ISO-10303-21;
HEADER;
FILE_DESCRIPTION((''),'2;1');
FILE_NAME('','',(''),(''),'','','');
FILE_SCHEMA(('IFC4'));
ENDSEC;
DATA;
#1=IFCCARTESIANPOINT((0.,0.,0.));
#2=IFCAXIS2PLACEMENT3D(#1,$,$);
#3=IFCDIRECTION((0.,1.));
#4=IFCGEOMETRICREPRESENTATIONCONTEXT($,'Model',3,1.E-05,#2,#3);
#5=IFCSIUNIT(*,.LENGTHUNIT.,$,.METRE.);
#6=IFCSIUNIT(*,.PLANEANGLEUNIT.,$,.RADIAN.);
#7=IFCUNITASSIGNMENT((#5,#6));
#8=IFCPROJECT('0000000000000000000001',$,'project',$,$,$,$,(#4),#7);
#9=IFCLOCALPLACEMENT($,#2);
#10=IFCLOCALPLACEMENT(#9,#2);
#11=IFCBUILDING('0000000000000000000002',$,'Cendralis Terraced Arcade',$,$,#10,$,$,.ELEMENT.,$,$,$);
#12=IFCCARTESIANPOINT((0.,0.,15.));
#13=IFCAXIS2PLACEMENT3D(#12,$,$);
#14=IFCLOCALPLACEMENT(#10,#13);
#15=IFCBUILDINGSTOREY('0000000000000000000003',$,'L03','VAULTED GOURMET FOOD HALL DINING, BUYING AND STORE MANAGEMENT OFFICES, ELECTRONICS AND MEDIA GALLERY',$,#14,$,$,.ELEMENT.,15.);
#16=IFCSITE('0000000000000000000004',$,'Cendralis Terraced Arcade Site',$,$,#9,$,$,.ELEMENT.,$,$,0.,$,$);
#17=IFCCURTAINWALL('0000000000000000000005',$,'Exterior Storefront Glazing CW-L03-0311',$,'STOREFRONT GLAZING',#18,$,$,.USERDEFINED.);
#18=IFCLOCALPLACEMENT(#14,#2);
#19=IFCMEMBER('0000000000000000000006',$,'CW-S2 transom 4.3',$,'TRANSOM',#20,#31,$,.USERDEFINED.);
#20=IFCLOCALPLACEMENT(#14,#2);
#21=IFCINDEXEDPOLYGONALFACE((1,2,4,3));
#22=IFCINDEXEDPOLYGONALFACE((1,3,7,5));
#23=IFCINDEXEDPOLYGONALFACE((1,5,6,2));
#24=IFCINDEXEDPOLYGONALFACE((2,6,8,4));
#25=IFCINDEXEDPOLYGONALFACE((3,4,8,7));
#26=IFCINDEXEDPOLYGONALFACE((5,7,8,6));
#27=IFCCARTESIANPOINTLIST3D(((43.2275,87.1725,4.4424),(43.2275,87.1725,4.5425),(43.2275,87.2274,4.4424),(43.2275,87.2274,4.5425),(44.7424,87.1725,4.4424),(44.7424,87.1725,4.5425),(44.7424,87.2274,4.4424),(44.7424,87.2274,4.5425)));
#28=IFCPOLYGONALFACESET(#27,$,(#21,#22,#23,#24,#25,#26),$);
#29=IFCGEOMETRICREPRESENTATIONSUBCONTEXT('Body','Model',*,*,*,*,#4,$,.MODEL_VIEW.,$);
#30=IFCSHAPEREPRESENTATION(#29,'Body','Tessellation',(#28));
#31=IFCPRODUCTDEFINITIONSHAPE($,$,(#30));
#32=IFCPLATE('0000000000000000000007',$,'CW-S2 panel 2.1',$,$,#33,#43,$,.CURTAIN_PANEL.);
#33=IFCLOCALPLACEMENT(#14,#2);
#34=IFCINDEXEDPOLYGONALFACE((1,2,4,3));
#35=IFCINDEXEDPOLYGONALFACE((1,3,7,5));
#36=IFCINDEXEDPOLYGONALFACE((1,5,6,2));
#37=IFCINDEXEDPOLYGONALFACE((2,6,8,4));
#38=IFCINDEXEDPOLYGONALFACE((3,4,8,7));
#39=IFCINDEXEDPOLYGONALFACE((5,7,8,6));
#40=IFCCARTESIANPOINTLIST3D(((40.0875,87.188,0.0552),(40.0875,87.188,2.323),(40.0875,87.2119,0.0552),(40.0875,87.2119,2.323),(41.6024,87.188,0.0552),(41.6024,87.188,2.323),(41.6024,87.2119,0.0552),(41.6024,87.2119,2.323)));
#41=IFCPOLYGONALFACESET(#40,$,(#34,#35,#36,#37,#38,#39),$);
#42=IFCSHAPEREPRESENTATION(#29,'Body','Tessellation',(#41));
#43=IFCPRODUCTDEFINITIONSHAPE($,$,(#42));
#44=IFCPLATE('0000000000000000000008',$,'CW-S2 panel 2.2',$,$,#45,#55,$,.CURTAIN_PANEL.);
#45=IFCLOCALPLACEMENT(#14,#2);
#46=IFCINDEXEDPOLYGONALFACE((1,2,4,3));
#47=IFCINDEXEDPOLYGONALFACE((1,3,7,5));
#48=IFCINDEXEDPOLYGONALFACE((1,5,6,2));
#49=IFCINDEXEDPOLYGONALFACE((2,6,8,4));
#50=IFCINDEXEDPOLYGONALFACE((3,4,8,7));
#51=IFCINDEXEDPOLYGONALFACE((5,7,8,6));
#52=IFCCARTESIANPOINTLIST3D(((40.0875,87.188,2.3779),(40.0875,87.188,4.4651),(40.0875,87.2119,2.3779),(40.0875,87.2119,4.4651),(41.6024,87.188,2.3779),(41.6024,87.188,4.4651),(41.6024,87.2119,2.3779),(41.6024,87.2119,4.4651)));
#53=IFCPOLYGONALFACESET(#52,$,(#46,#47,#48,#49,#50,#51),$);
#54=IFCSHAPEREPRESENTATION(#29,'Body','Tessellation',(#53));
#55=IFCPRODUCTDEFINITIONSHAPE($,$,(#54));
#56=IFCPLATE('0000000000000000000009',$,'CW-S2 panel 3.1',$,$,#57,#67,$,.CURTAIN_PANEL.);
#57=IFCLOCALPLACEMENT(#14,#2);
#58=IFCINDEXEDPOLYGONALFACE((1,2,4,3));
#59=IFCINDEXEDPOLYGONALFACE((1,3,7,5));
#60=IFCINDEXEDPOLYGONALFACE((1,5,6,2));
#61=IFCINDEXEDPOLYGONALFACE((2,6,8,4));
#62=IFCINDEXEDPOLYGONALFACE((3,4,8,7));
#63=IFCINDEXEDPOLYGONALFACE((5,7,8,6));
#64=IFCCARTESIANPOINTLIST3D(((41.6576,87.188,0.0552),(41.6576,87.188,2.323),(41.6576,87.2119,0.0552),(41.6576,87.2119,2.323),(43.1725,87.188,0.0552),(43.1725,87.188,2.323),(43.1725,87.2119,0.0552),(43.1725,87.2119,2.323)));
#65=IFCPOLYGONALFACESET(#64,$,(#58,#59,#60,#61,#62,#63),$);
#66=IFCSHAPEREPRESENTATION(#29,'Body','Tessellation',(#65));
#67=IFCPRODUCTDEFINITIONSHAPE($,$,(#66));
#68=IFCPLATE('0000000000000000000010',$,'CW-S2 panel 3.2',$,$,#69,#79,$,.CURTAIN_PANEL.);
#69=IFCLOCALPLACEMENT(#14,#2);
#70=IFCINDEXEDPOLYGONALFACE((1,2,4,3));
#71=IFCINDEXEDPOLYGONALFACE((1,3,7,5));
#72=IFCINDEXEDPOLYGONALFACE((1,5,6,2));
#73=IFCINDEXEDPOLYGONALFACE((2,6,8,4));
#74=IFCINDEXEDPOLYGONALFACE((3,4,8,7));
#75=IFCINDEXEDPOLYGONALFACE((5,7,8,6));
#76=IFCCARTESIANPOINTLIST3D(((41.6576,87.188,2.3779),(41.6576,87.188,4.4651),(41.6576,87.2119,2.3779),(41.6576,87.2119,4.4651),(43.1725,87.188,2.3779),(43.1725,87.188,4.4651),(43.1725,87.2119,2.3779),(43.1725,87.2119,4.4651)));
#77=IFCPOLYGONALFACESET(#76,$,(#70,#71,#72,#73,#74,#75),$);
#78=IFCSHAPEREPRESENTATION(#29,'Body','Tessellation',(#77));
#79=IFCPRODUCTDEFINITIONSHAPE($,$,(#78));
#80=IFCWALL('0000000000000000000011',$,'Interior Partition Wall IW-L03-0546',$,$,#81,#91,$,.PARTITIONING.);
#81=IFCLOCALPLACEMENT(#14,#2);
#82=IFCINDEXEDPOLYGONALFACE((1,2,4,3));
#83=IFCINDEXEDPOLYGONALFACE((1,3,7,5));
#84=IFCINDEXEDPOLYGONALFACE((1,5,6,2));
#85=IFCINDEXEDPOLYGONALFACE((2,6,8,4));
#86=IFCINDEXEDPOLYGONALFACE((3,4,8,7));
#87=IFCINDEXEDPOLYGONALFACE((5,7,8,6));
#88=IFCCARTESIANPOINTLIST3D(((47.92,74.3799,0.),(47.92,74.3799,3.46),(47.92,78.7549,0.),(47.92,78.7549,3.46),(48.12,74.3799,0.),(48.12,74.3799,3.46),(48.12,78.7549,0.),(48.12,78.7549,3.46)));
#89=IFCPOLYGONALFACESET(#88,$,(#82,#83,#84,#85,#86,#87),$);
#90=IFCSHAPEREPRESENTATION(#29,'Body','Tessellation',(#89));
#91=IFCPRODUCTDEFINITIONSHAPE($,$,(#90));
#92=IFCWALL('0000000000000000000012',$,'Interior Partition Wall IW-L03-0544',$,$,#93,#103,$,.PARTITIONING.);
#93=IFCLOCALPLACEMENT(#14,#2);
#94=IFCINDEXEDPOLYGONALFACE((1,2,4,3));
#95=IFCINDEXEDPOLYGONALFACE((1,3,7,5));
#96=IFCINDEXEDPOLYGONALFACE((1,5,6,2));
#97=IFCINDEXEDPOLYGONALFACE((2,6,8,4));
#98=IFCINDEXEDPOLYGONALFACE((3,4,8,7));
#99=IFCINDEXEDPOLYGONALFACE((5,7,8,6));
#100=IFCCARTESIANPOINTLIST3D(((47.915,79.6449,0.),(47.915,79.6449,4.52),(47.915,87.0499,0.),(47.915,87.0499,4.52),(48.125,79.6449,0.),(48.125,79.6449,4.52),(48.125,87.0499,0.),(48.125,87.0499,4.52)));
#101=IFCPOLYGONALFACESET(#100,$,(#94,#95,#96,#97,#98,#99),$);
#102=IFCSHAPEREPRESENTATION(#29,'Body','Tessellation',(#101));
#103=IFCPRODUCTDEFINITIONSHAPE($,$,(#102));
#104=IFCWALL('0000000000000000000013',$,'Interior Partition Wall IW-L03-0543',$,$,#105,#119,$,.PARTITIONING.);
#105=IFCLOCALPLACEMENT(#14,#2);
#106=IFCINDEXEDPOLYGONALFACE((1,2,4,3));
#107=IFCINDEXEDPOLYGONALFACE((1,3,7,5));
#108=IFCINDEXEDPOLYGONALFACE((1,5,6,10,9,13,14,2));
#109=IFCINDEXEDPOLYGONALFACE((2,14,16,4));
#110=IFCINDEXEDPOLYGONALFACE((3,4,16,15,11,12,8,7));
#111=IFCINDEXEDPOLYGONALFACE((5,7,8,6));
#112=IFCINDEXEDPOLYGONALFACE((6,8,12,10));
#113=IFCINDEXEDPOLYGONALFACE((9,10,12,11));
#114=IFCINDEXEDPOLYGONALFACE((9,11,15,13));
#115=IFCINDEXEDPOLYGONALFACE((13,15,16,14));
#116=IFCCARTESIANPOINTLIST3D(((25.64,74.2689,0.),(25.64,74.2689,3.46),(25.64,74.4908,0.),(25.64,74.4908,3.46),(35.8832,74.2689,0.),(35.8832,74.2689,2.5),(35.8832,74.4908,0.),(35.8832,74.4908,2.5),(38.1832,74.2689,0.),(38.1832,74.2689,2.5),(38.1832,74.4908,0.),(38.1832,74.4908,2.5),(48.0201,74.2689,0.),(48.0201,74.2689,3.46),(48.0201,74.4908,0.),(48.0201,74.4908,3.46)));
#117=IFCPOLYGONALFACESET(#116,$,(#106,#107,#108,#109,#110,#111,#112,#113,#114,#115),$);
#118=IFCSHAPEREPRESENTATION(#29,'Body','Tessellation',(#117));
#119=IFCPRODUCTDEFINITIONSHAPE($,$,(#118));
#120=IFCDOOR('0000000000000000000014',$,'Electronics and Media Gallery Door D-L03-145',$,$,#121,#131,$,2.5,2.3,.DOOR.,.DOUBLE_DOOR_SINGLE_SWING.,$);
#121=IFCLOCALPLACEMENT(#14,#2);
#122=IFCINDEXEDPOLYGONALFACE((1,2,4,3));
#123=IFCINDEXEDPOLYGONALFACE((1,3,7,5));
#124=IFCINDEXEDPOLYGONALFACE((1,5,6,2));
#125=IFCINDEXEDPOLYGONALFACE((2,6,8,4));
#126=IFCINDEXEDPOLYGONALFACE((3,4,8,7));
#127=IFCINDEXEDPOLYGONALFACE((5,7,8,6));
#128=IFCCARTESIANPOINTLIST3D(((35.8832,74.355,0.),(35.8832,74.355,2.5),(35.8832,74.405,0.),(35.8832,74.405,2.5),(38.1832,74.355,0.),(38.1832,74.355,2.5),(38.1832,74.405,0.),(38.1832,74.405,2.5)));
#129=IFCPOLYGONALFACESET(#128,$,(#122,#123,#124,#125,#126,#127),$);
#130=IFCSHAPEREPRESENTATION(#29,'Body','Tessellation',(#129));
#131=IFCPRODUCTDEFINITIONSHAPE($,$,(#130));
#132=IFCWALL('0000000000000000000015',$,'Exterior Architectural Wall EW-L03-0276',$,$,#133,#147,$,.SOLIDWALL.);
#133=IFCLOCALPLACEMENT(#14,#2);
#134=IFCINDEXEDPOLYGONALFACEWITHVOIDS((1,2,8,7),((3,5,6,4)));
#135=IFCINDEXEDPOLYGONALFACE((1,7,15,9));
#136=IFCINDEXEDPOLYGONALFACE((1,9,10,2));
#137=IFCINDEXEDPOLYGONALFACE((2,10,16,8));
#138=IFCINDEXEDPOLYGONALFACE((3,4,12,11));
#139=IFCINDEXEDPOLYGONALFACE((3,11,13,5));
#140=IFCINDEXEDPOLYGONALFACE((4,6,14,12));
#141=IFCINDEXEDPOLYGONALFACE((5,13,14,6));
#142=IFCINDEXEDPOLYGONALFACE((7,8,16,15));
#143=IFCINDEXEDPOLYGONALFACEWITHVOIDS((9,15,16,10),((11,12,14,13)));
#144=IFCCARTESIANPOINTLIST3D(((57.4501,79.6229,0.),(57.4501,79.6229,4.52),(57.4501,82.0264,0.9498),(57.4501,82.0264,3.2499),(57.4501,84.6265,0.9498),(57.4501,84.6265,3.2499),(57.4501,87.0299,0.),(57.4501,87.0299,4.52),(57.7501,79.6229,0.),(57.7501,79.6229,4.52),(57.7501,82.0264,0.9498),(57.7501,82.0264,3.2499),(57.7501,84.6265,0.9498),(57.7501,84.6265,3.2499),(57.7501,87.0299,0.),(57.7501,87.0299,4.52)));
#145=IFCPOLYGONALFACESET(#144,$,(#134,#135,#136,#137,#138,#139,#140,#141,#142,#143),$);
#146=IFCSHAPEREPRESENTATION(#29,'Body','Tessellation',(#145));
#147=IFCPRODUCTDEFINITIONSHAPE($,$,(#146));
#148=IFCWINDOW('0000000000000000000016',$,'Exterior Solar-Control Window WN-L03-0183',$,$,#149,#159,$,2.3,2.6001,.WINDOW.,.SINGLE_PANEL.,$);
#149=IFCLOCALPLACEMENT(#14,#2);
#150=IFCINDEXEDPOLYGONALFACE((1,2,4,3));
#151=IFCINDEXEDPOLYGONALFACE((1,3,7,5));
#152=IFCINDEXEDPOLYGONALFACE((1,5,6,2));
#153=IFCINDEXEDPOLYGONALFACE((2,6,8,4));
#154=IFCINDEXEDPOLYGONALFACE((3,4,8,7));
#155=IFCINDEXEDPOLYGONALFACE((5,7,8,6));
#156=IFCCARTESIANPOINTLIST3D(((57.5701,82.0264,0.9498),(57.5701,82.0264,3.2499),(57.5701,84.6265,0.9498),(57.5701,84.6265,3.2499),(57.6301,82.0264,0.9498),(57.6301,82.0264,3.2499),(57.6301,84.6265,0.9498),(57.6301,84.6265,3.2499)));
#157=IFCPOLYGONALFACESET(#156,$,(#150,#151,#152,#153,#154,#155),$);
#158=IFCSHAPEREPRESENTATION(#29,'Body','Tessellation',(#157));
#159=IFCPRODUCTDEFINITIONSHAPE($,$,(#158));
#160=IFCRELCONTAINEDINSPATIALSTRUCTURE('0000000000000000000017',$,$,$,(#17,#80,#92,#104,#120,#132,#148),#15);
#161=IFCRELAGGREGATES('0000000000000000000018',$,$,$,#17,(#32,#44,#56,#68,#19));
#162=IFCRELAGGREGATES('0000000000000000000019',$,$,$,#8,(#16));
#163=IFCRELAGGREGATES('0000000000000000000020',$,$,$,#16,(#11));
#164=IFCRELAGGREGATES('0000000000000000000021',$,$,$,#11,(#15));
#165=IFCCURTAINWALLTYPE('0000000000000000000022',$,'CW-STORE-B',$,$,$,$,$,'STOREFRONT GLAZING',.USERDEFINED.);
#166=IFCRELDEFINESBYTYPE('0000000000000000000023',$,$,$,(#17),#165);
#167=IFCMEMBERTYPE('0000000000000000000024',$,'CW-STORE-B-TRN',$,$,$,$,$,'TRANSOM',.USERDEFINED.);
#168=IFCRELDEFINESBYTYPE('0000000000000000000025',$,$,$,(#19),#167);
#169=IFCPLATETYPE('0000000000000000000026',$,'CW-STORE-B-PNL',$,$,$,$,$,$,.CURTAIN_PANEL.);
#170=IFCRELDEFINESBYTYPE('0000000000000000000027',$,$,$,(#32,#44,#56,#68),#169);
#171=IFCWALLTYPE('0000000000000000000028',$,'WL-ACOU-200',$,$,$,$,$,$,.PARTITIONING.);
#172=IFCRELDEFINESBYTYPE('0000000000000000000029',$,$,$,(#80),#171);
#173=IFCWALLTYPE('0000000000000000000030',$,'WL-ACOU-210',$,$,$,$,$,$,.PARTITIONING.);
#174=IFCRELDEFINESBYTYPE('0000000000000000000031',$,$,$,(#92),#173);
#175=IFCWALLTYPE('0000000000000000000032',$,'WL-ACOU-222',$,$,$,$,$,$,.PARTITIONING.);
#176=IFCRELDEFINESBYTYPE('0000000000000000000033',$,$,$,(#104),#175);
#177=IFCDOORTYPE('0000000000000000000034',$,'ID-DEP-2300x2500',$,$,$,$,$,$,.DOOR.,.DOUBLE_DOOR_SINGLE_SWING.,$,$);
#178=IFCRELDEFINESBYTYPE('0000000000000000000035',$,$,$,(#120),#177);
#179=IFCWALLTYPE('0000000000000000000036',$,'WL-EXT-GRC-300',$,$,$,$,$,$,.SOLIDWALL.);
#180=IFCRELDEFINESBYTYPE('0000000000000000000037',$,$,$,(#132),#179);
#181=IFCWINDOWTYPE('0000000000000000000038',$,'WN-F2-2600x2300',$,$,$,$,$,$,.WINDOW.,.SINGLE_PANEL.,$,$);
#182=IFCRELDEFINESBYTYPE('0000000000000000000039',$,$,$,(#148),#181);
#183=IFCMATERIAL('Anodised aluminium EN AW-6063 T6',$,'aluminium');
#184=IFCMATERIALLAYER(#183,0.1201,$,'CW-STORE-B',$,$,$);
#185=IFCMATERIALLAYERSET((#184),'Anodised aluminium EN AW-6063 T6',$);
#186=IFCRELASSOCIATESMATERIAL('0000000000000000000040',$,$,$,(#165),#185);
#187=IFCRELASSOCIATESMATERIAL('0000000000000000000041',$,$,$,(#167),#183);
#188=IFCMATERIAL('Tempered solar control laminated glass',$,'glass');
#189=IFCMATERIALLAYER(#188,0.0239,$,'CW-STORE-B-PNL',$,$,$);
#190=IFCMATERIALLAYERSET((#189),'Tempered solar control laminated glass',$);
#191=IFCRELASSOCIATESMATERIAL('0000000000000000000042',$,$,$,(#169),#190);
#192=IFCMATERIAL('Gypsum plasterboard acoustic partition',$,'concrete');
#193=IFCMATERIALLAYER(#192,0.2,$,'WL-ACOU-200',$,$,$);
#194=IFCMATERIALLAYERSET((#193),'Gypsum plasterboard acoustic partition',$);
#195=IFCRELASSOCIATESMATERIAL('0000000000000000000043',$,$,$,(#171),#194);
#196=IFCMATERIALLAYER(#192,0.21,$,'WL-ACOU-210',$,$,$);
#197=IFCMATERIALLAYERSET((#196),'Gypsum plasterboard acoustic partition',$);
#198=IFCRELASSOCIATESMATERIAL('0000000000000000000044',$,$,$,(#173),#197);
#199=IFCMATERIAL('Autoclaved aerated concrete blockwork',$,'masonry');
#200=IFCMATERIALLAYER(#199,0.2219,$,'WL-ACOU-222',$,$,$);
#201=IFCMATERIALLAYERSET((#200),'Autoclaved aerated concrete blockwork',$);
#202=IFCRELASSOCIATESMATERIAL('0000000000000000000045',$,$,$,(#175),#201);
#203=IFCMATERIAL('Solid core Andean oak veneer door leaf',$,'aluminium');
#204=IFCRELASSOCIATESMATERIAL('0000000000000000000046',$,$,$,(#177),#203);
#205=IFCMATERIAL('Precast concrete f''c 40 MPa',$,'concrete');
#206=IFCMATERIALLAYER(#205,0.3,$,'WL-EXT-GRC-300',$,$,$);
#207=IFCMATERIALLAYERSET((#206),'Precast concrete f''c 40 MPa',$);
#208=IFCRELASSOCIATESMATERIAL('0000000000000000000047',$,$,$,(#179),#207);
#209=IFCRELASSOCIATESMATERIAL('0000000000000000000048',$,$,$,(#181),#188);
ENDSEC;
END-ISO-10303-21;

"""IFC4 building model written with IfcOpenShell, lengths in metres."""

from ifc_helpers import new_model, si_unit, direction, frame, frame_2d, origin, origin_2d, place, context, subcontext, project, spatial, rectangle, extrude, material, layer, layer_set, material_profile, profile_set, type_object, element, fill, aggregate, save


model = new_model("IFC4")

# Units and contexts
model_context = context("Model", 3, precision=1e-05, world=origin(), true_north=direction((0.0, 1.0)))
body_context = subcontext(model_context, "Body", "Model", "MODEL_VIEW")
ifc_project = project(units=[si_unit("LENGTHUNIT", "METRE"), si_unit("PLANEANGLEUNIT", "RADIAN")], contexts=[model_context])

# Site, building, storey
site_placement = place(None, origin())
site = spatial("IfcSite", under=ifc_project, at=site_placement, Name="Cendralis Terraced Arcade Site", CompositionType="ELEMENT", RefElevation=0.0)
building_placement = place(site_placement, origin())
building = spatial("IfcBuilding", under=site, at=building_placement, Name="Cendralis Terraced Arcade", CompositionType="ELEMENT")
storey_placement = place(building_placement, frame((0.0, 0.0, 15.0)))
storey = spatial("IfcBuildingStorey", under=building, at=storey_placement, Name="L03", Description="VAULTED GOURMET FOOD HALL DINING, BUYING AND STORE MANAGEMENT OFFICES, ELECTRONICS AND MEDIA GALLERY", CompositionType="ELEMENT", Elevation=15.0)

# Curtain wall, member, plates
ifc_material_1 = material(Name="Anodised aluminium EN AW-6063 T6", Category="aluminium")
ifc_layer_1 = layer(ifc_material_1, 0.1201, Name="CW-STORE-B")
ifc_layer_set_1 = layer_set([ifc_layer_1], Name="Anodised aluminium EN AW-6063 T6")
curtain_wall_type = type_object("IfcCurtainWallType", Name="CW-STORE-B", ElementType="STOREFRONT GLAZING", PredefinedType="USERDEFINED", material=ifc_layer_set_1)
curtain_wall_placement = place(storey_placement, origin())
curtain_wall = element("IfcCurtainWall", 1, at=curtain_wall_placement, inside=storey, type_object=curtain_wall_type, Name="Exterior Storefront Glazing CW-L03-0311", ObjectType="STOREFRONT GLAZING", PredefinedType="USERDEFINED")
ifc_material_profile_1 = material_profile(ifc_material_1, rectangle(XDim=0.0549, YDim=0.1001, at=origin_2d()), Name="ALU-TRN-55x100")
ifc_profile_set_1 = profile_set([ifc_material_profile_1], Name="Anodised aluminium EN AW-6063 T6")
member_type_1 = type_object("IfcMemberType", Name="CW-STORE-B-TRN", ElementType="TRANSOM", PredefinedType="USERDEFINED", material=ifc_profile_set_1)
member_1_placement = place(storey_placement, frame((43.2275, 87.2, 4.4924), z_axis=(1.0, 0.0, 0.0), x_axis=(0.0, 1.0, 0.0)))
member_1 = element("IfcMember", 2, at=member_1_placement, type_object=member_type_1, Name="CW-S2 transom 4.3", ObjectType="TRANSOM", PredefinedType="USERDEFINED", context=body_context, shape_type="SweptSolid", body=[
    extrude(rectangle(XDim=0.0549, YDim=0.1001, at=origin_2d()), origin(), (0.0, 0.0, 1.0), 1.5149),
])
ifc_material_2 = material(Name="Tempered solar control laminated glass", Category="glass")
ifc_layer_2 = layer(ifc_material_2, 0.0239, Name="CW-STORE-B-PNL")
ifc_layer_set_2 = layer_set([ifc_layer_2], Name="Tempered solar control laminated glass")
plate_type = type_object("IfcPlateType", Name="CW-STORE-B-PNL", PredefinedType="CURTAIN_PANEL", material=ifc_layer_set_2)
plate_1_placement = place(storey_placement, frame((40.845, 87.2, 0.0552), z_axis=(0.0, 0.0, 1.0), x_axis=(1.0, 0.0, 0.0)))
plate_1 = element("IfcPlate", 3, at=plate_1_placement, type_object=plate_type, Name="CW-S2 panel 2.1", PredefinedType="CURTAIN_PANEL", context=body_context, shape_type="SweptSolid", body=[
    extrude(rectangle(XDim=1.5149, YDim=0.0239, at=origin_2d()), origin(), (0.0, 0.0, 1.0), 2.2678),
])
plate_2_placement = place(storey_placement, frame((40.845, 87.2, 2.3779), z_axis=(0.0, 0.0, 1.0), x_axis=(1.0, 0.0, 0.0)))
plate_2 = element("IfcPlate", 4, at=plate_2_placement, type_object=plate_type, Name="CW-S2 panel 2.2", PredefinedType="CURTAIN_PANEL", context=body_context, shape_type="SweptSolid", body=[
    extrude(rectangle(XDim=1.5149, YDim=0.0239, at=origin_2d()), origin(), (0.0, 0.0, 1.0), 2.0872),
])
plate_3_placement = place(storey_placement, frame((42.415, 87.2, 0.0552), z_axis=(0.0, 0.0, 1.0), x_axis=(1.0, 0.0, 0.0)))
plate_3 = element("IfcPlate", 5, at=plate_3_placement, type_object=plate_type, Name="CW-S2 panel 3.1", PredefinedType="CURTAIN_PANEL", context=body_context, shape_type="SweptSolid", body=[
    extrude(rectangle(XDim=1.5149, YDim=0.0239, at=origin_2d()), origin(), (0.0, 0.0, 1.0), 2.2678),
])
plate_4_placement = place(storey_placement, frame((42.415, 87.2, 2.3779), z_axis=(0.0, 0.0, 1.0), x_axis=(1.0, 0.0, 0.0)))
plate_4 = element("IfcPlate", 6, at=plate_4_placement, type_object=plate_type, Name="CW-S2 panel 3.2", PredefinedType="CURTAIN_PANEL", context=body_context, shape_type="SweptSolid", body=[
    extrude(rectangle(XDim=1.5149, YDim=0.0239, at=origin_2d()), origin(), (0.0, 0.0, 1.0), 2.0872),
])
aggregate(curtain_wall, [plate_1, plate_2, plate_3, plate_4, member_1])

# Walls
ifc_material_3 = material(Name="Gypsum plasterboard acoustic partition", Category="concrete")
ifc_layer_3 = layer(ifc_material_3, 0.2, Name="WL-ACOU-200")
ifc_layer_set_3 = layer_set([ifc_layer_3], Name="Gypsum plasterboard acoustic partition")
wall_type_1 = type_object("IfcWallType", Name="WL-ACOU-200", PredefinedType="PARTITIONING", material=ifc_layer_set_3)
wall_1_placement = place(storey_placement, frame((48.02, 78.7549, 0.0), z_axis=(0.0, 0.0, 1.0), x_axis=(0.0, -1.0, 0.0)))
element("IfcWall", 7, at=wall_1_placement, inside=storey, type_object=wall_type_1, Name="Interior Partition Wall IW-L03-0546", PredefinedType="PARTITIONING", context=body_context, shape_type="SweptSolid", body=[
    extrude(rectangle(XDim=4.375, YDim=0.2, at=frame_2d((2.1875, 0.0))), origin(), (0.0, 0.0, 1.0), 3.46),
])
ifc_layer_4 = layer(ifc_material_3, 0.21, Name="WL-ACOU-210")
ifc_layer_set_4 = layer_set([ifc_layer_4], Name="Gypsum plasterboard acoustic partition")
wall_type_2 = type_object("IfcWallType", Name="WL-ACOU-210", PredefinedType="PARTITIONING", material=ifc_layer_set_4)
wall_2_placement = place(storey_placement, frame((48.02, 87.05, 0.0), z_axis=(0.0, 0.0, 1.0), x_axis=(0.0, -1.0, 0.0)))
element("IfcWall", 8, at=wall_2_placement, inside=storey, type_object=wall_type_2, Name="Interior Partition Wall IW-L03-0544", PredefinedType="PARTITIONING", context=body_context, shape_type="SweptSolid", body=[
    extrude(rectangle(XDim=7.405, YDim=0.21, at=frame_2d((3.7026, 0.0))), origin(), (0.0, 0.0, 1.0), 4.52),
])

# Wall, opening, door
ifc_material_4 = material(Name="Autoclaved aerated concrete blockwork", Category="masonry")
ifc_layer_5 = layer(ifc_material_4, 0.2219, Name="WL-ACOU-222")
ifc_layer_set_5 = layer_set([ifc_layer_5], Name="Autoclaved aerated concrete blockwork")
wall_type_3 = type_object("IfcWallType", Name="WL-ACOU-222", PredefinedType="PARTITIONING", material=ifc_layer_set_5)
wall_3_placement = place(storey_placement, frame((48.02, 74.3799, 0.0), z_axis=(0.0, 0.0, 1.0), x_axis=(-1.0, 0.0, 0.0)))
wall_3 = element("IfcWall", 9, at=wall_3_placement, inside=storey, type_object=wall_type_3, Name="Interior Partition Wall IW-L03-0543", PredefinedType="PARTITIONING", context=body_context, shape_type="SweptSolid", body=[
    extrude(rectangle(XDim=22.3801, YDim=0.2219, at=frame_2d((11.1899, 0.0))), origin(), (0.0, 0.0, 1.0), 3.46),
])
opening_1_placement = place(wall_3_placement, frame((9.8369, 0.0, 0.0)))
opening_1 = element("IfcOpeningElement", 10, at=opening_1_placement, cuts=wall_3, PredefinedType="OPENING", context=body_context, shape_type="SweptSolid", body=[
    extrude(rectangle(XDim=2.3, YDim=2.5, at=frame_2d((1.1499, 1.25))), frame((0.0, 0.123, 0.0), z_axis=(0.0, -1.0, 0.0), x_axis=(1.0, 0.0, 0.0)), (0.0, 0.0, 1.0), 0.2458),
])
ifc_material_5 = material(Name="Solid core Andean oak veneer door leaf", Category="aluminium")
door_type_1 = type_object("IfcDoorType", Name="ID-DEP-2300x2500", OperationType="DOUBLE_DOOR_SINGLE_SWING", PredefinedType="DOOR", material=ifc_material_5)
door_1_placement = place(opening_1_placement, origin())
door_1 = element("IfcDoor", 11, at=door_1_placement, inside=storey, type_object=door_type_1, Name="Electronics and Media Gallery Door D-L03-145", OperationType="DOUBLE_DOOR_SINGLE_SWING", OverallHeight=2.5, OverallWidth=2.3, PredefinedType="DOOR", context=body_context, shape_type="SweptSolid", body=[
    extrude(rectangle(XDim=2.3, YDim=2.5, at=frame_2d((1.1499, 1.25))), frame((0.0, 0.0249, 0.0), z_axis=(0.0, -1.0, 0.0), x_axis=(1.0, 0.0, 0.0)), (0.0, 0.0, 1.0), 0.05),
])
fill(opening_1, door_1)

# Wall, opening, window
ifc_material_6 = material(Name="Precast concrete f'c 40 MPa", Category="concrete")
ifc_layer_6 = layer(ifc_material_6, 0.3, Name="WL-EXT-GRC-300")
ifc_layer_set_6 = layer_set([ifc_layer_6], Name="Precast concrete f'c 40 MPa")
wall_type_4 = type_object("IfcWallType", Name="WL-EXT-GRC-300", PredefinedType="SOLIDWALL", material=ifc_layer_set_6)
wall_4_placement = place(storey_placement, frame((57.6001, 87.03, 0.0), z_axis=(0.0, 0.0, 1.0), x_axis=(0.0, -1.0, 0.0)))
wall_4 = element("IfcWall", 12, at=wall_4_placement, inside=storey, type_object=wall_type_4, Name="Exterior Architectural Wall EW-L03-0276", PredefinedType="SOLIDWALL", context=body_context, shape_type="SweptSolid", body=[
    extrude(rectangle(XDim=7.407, YDim=0.3, at=frame_2d((3.7036, 0.0))), origin(), (0.0, 0.0, 1.0), 4.52),
])
opening_2_placement = place(wall_4_placement, frame((2.4036, 0.0, 0.95)))
opening_2 = element("IfcOpeningElement", 13, at=opening_2_placement, cuts=wall_4, PredefinedType="OPENING", context=body_context, shape_type="SweptSolid", body=[
    extrude(rectangle(XDim=2.6001, YDim=2.3, at=frame_2d((1.3, 1.1499))), frame((0.0, 0.1621, 0.0), z_axis=(0.0, -1.0, 0.0), x_axis=(1.0, 0.0, 0.0)), (0.0, 0.0, 1.0), 0.324),
])
window_type_1 = type_object("IfcWindowType", Name="WN-F2-2600x2300", PartitioningType="SINGLE_PANEL", PredefinedType="WINDOW", material=ifc_material_2)
window_1_placement = place(opening_2_placement, origin())
window_1 = element("IfcWindow", 14, at=window_1_placement, inside=storey, type_object=window_type_1, Name="Exterior Solar-Control Window WN-L03-0183", OverallHeight=2.3, OverallWidth=2.6001, PartitioningType="SINGLE_PANEL", PredefinedType="WINDOW", context=body_context, shape_type="SweptSolid", body=[
    extrude(rectangle(XDim=2.6001, YDim=2.3, at=frame_2d((1.3, 1.1499))), frame((0.0, 0.03, 0.0), z_axis=(0.0, -1.0, 0.0), x_axis=(1.0, 0.0, 0.0)), (0.0, 0.0, 1.0), 0.0601),
])
fill(opening_2, window_1)

save(model, "model.ifc")
